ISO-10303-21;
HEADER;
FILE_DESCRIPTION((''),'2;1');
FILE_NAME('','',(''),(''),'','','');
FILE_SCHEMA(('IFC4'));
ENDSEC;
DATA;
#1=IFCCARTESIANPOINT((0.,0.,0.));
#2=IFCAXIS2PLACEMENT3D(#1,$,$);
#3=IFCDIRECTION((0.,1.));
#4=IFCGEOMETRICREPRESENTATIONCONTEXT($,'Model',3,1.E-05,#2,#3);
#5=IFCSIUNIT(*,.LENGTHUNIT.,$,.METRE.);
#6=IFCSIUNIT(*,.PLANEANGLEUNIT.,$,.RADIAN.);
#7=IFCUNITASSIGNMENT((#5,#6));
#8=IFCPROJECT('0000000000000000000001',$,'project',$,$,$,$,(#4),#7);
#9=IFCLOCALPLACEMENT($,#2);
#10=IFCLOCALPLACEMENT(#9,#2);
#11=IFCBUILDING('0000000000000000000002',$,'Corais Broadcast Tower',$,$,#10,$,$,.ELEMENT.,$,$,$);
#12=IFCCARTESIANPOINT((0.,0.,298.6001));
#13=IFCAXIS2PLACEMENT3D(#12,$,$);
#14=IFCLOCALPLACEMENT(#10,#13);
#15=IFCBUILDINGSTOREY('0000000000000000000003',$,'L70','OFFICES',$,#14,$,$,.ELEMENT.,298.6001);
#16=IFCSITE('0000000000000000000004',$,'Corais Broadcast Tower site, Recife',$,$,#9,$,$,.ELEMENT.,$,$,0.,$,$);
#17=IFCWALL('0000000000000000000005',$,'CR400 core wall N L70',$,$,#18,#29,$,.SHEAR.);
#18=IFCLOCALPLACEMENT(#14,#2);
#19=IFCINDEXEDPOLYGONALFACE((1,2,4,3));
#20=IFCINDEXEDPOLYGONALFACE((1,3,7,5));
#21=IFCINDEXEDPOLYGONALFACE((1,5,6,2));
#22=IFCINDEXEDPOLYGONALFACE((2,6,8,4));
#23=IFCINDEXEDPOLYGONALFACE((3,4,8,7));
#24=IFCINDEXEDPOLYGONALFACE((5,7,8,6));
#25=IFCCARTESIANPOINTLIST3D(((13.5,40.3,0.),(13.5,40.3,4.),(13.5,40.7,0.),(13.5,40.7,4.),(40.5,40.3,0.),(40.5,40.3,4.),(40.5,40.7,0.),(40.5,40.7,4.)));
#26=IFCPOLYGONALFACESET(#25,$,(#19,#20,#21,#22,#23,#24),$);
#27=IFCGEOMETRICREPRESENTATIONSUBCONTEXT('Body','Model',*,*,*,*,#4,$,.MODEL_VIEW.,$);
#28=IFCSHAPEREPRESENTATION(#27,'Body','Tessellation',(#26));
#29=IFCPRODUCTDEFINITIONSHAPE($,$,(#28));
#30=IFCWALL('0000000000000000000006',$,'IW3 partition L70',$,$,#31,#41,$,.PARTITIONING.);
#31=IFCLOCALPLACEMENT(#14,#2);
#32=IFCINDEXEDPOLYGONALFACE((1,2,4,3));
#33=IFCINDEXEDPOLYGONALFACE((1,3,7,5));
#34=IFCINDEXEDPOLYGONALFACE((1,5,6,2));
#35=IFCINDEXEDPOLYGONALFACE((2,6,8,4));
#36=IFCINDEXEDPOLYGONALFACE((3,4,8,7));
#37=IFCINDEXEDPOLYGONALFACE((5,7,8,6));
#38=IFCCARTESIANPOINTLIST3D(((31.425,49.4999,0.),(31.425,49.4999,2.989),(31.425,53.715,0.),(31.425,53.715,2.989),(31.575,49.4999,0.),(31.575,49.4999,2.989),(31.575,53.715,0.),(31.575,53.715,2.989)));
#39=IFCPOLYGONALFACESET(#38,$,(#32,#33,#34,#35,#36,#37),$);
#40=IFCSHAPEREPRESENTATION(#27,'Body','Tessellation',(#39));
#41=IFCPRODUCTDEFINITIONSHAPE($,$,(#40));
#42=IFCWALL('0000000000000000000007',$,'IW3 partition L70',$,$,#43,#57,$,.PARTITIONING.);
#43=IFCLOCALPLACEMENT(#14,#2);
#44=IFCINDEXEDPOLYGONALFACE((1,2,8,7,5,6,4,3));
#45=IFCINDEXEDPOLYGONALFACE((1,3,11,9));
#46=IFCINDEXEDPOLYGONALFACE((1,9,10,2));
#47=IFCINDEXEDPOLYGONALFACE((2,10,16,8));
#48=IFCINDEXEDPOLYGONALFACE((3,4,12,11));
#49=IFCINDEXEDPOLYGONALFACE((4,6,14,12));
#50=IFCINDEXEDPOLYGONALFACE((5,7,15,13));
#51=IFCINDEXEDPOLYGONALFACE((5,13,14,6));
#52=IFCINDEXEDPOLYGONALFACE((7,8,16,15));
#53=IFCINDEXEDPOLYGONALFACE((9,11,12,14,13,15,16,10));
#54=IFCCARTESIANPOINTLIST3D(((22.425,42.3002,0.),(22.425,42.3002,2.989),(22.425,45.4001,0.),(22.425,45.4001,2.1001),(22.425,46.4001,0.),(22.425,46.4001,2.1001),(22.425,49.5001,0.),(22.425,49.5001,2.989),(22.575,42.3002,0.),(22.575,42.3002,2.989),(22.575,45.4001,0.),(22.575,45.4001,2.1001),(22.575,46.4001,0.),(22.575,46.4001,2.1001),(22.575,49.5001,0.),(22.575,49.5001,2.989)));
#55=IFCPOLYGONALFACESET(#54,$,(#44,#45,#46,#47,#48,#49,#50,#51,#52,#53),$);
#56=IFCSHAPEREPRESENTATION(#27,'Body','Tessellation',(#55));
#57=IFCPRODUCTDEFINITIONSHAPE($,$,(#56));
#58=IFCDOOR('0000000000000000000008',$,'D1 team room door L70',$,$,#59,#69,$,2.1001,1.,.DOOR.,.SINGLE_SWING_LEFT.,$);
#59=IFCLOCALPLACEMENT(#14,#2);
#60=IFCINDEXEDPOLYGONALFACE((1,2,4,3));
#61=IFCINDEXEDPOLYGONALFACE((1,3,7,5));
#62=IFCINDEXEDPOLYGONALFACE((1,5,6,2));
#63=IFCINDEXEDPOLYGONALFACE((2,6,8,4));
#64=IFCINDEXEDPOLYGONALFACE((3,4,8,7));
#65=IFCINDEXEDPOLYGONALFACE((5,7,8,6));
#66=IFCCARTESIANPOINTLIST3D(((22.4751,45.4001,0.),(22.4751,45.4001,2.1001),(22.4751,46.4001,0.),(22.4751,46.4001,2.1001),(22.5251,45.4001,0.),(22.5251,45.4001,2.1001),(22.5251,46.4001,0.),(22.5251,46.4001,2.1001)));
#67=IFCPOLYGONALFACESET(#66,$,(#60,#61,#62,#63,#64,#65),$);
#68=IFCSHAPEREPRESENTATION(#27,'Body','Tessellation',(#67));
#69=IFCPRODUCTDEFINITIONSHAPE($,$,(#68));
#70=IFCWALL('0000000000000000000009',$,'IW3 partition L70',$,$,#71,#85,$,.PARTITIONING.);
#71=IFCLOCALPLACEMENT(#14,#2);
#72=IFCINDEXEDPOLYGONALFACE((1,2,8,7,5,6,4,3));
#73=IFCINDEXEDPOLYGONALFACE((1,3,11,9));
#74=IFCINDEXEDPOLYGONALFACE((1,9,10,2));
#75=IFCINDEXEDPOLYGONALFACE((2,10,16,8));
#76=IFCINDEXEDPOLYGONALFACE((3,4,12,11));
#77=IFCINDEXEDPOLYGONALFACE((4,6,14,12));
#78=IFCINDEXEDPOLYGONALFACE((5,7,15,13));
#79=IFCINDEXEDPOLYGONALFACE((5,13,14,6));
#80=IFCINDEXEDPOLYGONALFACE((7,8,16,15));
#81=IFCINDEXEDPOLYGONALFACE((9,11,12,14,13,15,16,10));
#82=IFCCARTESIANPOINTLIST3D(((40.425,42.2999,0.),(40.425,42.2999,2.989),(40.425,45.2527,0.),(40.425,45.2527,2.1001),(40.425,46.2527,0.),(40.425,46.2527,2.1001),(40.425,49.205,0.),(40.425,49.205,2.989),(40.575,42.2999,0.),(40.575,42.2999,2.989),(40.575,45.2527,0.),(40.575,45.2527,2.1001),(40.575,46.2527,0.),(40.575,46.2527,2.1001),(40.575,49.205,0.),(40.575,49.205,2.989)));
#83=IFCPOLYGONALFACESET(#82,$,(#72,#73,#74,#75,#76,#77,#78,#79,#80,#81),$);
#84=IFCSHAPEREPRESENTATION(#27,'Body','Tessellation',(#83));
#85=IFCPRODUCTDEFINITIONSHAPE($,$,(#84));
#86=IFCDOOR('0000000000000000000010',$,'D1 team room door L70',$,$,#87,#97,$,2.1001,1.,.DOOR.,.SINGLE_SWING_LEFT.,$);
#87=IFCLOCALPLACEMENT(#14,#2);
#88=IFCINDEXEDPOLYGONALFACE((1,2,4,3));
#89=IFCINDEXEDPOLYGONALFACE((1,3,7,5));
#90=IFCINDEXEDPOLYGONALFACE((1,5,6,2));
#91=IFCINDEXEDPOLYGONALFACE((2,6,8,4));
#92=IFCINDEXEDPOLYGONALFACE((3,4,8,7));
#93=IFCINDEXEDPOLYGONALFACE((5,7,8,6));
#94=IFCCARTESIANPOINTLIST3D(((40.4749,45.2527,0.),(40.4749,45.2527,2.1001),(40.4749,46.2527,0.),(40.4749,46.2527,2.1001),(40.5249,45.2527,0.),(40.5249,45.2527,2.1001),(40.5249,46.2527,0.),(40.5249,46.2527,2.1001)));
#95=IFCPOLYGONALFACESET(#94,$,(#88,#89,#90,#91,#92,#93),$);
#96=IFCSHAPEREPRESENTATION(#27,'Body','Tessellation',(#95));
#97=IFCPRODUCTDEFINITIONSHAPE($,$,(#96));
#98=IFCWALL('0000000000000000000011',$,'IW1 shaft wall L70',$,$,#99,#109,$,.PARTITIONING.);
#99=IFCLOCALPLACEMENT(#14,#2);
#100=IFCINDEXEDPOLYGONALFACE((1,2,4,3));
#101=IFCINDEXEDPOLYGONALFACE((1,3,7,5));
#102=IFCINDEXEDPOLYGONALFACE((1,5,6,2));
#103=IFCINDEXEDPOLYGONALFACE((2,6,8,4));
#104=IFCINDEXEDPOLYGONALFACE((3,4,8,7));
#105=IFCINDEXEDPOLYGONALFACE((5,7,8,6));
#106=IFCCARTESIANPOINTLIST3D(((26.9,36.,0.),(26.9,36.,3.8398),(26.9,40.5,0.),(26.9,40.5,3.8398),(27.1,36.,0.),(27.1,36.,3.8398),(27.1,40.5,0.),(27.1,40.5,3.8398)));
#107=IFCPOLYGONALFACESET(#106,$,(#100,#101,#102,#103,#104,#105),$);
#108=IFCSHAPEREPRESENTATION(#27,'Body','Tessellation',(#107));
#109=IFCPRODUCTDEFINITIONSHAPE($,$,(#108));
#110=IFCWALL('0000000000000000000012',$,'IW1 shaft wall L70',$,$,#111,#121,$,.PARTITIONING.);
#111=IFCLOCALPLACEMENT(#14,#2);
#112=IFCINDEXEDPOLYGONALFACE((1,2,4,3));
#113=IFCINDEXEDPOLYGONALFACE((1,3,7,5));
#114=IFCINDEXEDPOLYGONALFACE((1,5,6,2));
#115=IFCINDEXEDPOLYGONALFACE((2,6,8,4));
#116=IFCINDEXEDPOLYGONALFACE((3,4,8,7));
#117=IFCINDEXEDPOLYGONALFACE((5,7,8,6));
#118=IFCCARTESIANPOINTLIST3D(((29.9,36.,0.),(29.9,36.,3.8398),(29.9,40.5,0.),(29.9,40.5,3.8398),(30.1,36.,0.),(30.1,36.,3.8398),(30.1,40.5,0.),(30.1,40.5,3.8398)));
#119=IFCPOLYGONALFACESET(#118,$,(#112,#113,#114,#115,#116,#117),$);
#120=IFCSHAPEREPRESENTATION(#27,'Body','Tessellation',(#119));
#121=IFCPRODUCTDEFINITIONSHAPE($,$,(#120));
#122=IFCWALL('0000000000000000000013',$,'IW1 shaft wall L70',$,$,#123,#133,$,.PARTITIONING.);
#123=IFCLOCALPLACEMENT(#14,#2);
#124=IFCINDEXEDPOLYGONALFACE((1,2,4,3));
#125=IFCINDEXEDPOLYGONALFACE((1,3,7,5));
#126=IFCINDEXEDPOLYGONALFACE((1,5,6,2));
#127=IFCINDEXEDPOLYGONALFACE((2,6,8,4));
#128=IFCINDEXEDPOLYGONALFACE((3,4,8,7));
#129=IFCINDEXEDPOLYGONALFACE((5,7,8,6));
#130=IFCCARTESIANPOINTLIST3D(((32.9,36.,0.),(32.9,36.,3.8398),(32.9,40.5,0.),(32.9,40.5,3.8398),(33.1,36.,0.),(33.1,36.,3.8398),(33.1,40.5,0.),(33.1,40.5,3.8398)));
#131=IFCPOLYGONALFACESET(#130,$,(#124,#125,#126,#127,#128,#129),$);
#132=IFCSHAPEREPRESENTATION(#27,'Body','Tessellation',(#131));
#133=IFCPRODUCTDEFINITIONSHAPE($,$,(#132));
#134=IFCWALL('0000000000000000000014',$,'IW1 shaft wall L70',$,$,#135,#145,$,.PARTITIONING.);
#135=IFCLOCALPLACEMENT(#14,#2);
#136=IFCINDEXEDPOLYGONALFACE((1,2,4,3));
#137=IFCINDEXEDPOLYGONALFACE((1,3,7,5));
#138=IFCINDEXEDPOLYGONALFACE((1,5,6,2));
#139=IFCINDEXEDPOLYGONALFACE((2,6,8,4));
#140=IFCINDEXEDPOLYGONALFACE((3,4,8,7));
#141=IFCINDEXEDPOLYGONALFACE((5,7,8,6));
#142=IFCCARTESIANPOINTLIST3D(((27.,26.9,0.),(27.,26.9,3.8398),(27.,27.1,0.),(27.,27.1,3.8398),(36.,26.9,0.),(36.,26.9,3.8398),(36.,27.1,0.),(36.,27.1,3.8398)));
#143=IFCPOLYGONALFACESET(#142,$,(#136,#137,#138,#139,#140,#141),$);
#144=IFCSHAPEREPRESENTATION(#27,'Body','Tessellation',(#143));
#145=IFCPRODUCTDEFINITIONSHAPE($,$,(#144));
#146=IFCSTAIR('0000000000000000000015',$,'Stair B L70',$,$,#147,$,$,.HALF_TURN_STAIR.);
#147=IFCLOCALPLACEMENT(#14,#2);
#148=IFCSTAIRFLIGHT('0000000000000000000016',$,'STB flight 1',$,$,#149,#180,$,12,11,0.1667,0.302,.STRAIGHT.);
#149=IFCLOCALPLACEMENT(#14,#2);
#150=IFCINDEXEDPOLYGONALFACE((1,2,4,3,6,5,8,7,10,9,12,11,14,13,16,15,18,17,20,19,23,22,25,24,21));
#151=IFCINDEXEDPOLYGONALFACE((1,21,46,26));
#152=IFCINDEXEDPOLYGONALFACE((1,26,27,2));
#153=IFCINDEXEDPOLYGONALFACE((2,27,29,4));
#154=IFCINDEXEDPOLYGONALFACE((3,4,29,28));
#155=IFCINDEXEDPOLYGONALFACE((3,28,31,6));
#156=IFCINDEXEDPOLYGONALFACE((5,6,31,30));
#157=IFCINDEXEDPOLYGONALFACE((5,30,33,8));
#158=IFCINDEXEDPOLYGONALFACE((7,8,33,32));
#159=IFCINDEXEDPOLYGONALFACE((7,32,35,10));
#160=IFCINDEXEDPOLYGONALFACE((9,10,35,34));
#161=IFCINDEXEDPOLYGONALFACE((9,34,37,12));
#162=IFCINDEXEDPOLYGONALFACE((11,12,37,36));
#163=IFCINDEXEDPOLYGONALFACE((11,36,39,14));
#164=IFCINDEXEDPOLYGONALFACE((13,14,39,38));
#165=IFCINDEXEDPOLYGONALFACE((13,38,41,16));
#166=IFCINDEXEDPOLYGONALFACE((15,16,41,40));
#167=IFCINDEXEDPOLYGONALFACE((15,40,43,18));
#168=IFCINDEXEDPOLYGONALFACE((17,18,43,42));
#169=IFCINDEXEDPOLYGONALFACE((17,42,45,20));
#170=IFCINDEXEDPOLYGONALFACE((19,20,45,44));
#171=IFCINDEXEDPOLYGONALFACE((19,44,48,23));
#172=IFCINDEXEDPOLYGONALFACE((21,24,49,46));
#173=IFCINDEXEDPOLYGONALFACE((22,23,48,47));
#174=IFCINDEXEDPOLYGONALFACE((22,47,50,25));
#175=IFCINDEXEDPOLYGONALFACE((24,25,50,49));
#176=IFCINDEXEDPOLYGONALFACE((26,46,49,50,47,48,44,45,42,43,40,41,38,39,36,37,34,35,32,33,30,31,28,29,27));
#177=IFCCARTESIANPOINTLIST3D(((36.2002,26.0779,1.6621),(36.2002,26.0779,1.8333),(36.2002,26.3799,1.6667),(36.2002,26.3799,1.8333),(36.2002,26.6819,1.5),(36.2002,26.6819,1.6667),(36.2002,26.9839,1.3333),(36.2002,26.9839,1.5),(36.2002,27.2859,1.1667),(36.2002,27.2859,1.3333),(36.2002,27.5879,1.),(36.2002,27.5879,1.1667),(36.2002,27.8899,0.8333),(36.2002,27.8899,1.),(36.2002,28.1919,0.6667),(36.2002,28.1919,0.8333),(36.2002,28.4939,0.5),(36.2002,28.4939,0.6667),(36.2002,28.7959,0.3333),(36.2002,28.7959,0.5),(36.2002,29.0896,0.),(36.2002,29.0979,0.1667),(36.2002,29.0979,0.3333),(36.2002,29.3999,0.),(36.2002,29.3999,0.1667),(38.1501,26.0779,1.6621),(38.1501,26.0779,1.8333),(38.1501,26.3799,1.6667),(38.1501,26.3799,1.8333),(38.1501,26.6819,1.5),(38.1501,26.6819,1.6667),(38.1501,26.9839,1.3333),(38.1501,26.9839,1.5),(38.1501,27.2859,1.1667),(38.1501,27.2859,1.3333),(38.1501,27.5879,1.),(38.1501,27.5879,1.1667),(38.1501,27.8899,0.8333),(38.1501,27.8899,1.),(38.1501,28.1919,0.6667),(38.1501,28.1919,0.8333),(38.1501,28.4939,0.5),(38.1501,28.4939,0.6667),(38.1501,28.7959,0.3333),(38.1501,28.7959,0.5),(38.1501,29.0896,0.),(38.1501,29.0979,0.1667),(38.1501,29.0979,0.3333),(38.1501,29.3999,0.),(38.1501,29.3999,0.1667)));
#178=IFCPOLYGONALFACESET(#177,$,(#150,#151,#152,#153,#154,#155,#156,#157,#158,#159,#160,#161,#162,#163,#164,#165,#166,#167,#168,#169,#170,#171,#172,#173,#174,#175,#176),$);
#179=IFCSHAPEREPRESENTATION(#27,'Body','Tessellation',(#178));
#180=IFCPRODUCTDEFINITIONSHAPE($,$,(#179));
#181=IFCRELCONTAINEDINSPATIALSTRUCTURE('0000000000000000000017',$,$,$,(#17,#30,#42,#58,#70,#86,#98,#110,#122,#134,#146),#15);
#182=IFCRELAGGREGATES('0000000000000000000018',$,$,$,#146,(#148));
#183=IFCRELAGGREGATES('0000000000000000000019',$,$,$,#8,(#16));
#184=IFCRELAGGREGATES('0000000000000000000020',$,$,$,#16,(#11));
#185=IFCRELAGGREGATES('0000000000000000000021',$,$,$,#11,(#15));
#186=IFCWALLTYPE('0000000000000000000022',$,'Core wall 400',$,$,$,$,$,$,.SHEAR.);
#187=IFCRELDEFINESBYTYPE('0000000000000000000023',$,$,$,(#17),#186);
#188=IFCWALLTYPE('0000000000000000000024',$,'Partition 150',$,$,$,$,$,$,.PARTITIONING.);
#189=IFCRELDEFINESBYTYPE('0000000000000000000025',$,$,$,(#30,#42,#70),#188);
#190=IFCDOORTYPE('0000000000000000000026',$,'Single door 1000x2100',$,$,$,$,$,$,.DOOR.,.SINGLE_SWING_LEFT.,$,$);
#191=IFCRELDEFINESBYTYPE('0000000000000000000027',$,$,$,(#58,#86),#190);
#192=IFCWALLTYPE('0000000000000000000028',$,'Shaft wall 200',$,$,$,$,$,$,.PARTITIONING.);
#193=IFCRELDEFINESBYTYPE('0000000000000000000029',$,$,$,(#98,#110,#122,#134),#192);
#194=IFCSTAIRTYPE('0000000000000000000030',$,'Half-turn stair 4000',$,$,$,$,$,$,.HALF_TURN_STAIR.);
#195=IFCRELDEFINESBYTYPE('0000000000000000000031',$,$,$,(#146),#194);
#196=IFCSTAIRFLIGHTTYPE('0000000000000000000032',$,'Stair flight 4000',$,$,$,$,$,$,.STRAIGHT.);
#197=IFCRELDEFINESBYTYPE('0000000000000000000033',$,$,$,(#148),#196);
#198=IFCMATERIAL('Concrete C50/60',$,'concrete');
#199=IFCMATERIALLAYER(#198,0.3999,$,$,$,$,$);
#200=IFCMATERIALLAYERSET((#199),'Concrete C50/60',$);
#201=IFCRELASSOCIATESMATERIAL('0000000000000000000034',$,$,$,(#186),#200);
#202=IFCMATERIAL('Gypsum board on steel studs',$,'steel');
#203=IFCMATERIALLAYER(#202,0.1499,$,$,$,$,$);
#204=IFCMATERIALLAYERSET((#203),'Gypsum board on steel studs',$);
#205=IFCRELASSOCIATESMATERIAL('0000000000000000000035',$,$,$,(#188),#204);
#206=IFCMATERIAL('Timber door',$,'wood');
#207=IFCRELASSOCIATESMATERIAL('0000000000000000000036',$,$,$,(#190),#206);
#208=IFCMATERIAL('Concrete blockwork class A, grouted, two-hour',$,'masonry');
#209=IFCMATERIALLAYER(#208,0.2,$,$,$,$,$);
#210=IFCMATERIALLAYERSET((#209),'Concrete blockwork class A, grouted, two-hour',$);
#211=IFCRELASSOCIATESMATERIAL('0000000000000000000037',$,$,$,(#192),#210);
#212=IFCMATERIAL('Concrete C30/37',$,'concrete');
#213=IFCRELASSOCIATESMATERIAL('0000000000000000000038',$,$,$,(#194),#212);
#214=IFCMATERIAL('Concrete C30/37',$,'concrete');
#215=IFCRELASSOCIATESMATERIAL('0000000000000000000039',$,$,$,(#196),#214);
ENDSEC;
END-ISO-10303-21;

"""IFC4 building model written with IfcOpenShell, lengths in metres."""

from ifc_helpers import new_model, si_unit, direction, frame, frame_2d, origin, place, context, subcontext, project, spatial, polyline, rectangle, outline, extrude, material, layer, layer_set, type_object, element, fill, aggregate, save


model = new_model("IFC4")

# Units and contexts
model_context = context("Model", 3, precision=1e-05, world=origin(), true_north=direction((0.0, 1.0)))
body_context = subcontext(model_context, "Body", "Model", "MODEL_VIEW")
ifc_project = project(units=[si_unit("LENGTHUNIT", "METRE"), si_unit("PLANEANGLEUNIT", "RADIAN")], contexts=[model_context])

# Site, building, storey
site_placement = place(None, origin())
site = spatial("IfcSite", under=ifc_project, at=site_placement, Name="Corais Broadcast Tower site, Recife", CompositionType="ELEMENT", RefElevation=0.0)
building_placement = place(site_placement, origin())
building = spatial("IfcBuilding", under=site, at=building_placement, Name="Corais Broadcast Tower", CompositionType="ELEMENT")
storey_placement = place(building_placement, frame((0.0, 0.0, 298.6001)))
storey = spatial("IfcBuildingStorey", under=building, at=storey_placement, Name="L70", Description="OFFICES", CompositionType="ELEMENT", Elevation=298.6001)

# Walls
ifc_material_1 = material(Name="Concrete C50/60", Category="concrete")
ifc_layer_1 = layer(ifc_material_1, 0.3999)
ifc_layer_set_1 = layer_set([ifc_layer_1], Name="Concrete C50/60")
wall_type_1 = type_object("IfcWallType", Name="Core wall 400", PredefinedType="SHEAR", material=ifc_layer_set_1)
wall_1_placement = place(storey_placement, frame((40.5, 40.5, 0.0), z_axis=(0.0, 0.0, 1.0), x_axis=(-1.0, 0.0, 0.0)))
element("IfcWall", 1, at=wall_1_placement, inside=storey, type_object=wall_type_1, Name="CR400 core wall N L70", PredefinedType="SHEAR", context=body_context, shape_type="SweptSolid", body=[
    extrude(rectangle(XDim=27.0, YDim=0.3999, at=frame_2d((13.5, 0.0))), origin(), (0.0, 0.0, 1.0), 4.0),
])
ifc_material_2 = material(Name="Gypsum board on steel studs", Category="steel")
ifc_layer_2 = layer(ifc_material_2, 0.1499)
ifc_layer_set_2 = layer_set([ifc_layer_2], Name="Gypsum board on steel studs")
wall_type_2 = type_object("IfcWallType", Name="Partition 150", PredefinedType="PARTITIONING", material=ifc_layer_set_2)
wall_2_placement = place(storey_placement, frame((31.5, 49.5, 0.0), z_axis=(0.0, 0.0, 1.0), x_axis=(0.0, 1.0, 0.0)))
element("IfcWall", 2, at=wall_2_placement, inside=storey, type_object=wall_type_2, Name="IW3 partition L70", PredefinedType="PARTITIONING", context=body_context, shape_type="SweptSolid", body=[
    extrude(rectangle(XDim=4.2151, YDim=0.1499, at=frame_2d((2.1074, 0.0))), origin(), (0.0, 0.0, 1.0), 2.989),
])

# Walls, openings, doors
wall_3_placement = place(storey_placement, frame((22.5, 42.3, 0.0), z_axis=(0.0, 0.0, 1.0), x_axis=(0.0, 1.0, 0.0)))
wall_3 = element("IfcWall", 3, at=wall_3_placement, inside=storey, type_object=wall_type_2, Name="IW3 partition L70", PredefinedType="PARTITIONING", context=body_context, shape_type="SweptSolid", body=[
    extrude(rectangle(XDim=7.2, YDim=0.1499, at=frame_2d((3.6001, 0.0))), origin(), (0.0, 0.0, 1.0), 2.989),
])
opening_1_placement = place(wall_3_placement, frame((3.1001, 0.0, 0.0)))
opening_1 = element("IfcOpeningElement", 4, at=opening_1_placement, cuts=wall_3, PredefinedType="OPENING", context=body_context, shape_type="SweptSolid", body=[
    extrude(rectangle(XDim=1.0, YDim=2.1001, at=frame_2d((0.5, 1.05))), frame((0.0, 0.085, 0.0), z_axis=(0.0, -1.0, 0.0), x_axis=(1.0, 0.0, 0.0)), (0.0, 0.0, 1.0), 0.1699),
])
ifc_material_3 = material(Name="Timber door", Category="wood")
door_type = type_object("IfcDoorType", Name="Single door 1000x2100", OperationType="SINGLE_SWING_LEFT", PredefinedType="DOOR", material=ifc_material_3)
door_1_placement = place(opening_1_placement, origin())
door_1 = element("IfcDoor", 5, at=door_1_placement, inside=storey, type_object=door_type, Name="D1 team room door L70", OperationType="SINGLE_SWING_LEFT", OverallHeight=2.1001, OverallWidth=1.0, PredefinedType="DOOR", context=body_context, shape_type="SweptSolid", body=[
    extrude(rectangle(XDim=1.0, YDim=2.1001, at=frame_2d((0.5, 1.05))), frame((0.0, 0.0249, 0.0), z_axis=(0.0, -1.0, 0.0), x_axis=(1.0, 0.0, 0.0)), (0.0, 0.0, 1.0), 0.05),
])
fill(opening_1, door_1)
wall_4_placement = place(storey_placement, frame((40.5, 49.2051, 0.0), z_axis=(0.0, 0.0, 1.0), x_axis=(0.0, -1.0, 0.0)))
wall_4 = element("IfcWall", 6, at=wall_4_placement, inside=storey, type_object=wall_type_2, Name="IW3 partition L70", PredefinedType="PARTITIONING", context=body_context, shape_type="SweptSolid", body=[
    extrude(rectangle(XDim=6.905, YDim=0.1499, at=frame_2d((3.4526, 0.0))), origin(), (0.0, 0.0, 1.0), 2.989),
])
opening_2_placement = place(wall_4_placement, frame((2.9524, 0.0, 0.0)))
opening_2 = element("IfcOpeningElement", 7, at=opening_2_placement, cuts=wall_4, PredefinedType="OPENING", context=body_context, shape_type="SweptSolid", body=[
    extrude(rectangle(XDim=1.0, YDim=2.1001, at=frame_2d((0.5, 1.05))), frame((0.0, 0.085, 0.0), z_axis=(0.0, -1.0, 0.0), x_axis=(1.0, 0.0, 0.0)), (0.0, 0.0, 1.0), 0.1699),
])
door_2_placement = place(opening_2_placement, origin())
door_2 = element("IfcDoor", 8, at=door_2_placement, inside=storey, type_object=door_type, Name="D1 team room door L70", OperationType="SINGLE_SWING_LEFT", OverallHeight=2.1001, OverallWidth=1.0, PredefinedType="DOOR", context=body_context, shape_type="SweptSolid", body=[
    extrude(rectangle(XDim=1.0, YDim=2.1001, at=frame_2d((0.5, 1.05))), frame((0.0, 0.0249, 0.0), z_axis=(0.0, -1.0, 0.0), x_axis=(1.0, 0.0, 0.0)), (0.0, 0.0, 1.0), 0.05),
])
fill(opening_2, door_2)

# Walls
ifc_material_4 = material(Name="Concrete blockwork class A, grouted, two-hour", Category="masonry")
ifc_layer_3 = layer(ifc_material_4, 0.2)
ifc_layer_set_3 = layer_set([ifc_layer_3], Name="Concrete blockwork class A, grouted, two-hour")
wall_type_3 = type_object("IfcWallType", Name="Shaft wall 200", PredefinedType="PARTITIONING", material=ifc_layer_set_3)
for number, where, z_axis, x_axis, name in (
    (9, (27.0, 36.0, 0.0), (0.0, 0.0, 1.0), (0.0, 1.0, 0.0), "IW1 shaft wall L70"),
    (10, (30.0, 36.0, 0.0), (0.0, 0.0, 1.0), (0.0, 1.0, 0.0), "IW1 shaft wall L70"),
    (11, (33.0, 36.0, 0.0), (0.0, 0.0, 1.0), (0.0, 1.0, 0.0), "IW1 shaft wall L70"),
):
    element("IfcWall", number, at=place(storey_placement, frame(where, z_axis=z_axis, x_axis=x_axis)), inside=storey, type_object=wall_type_3, Name=name, PredefinedType="PARTITIONING", context=body_context, shape_type="SweptSolid", body=[
        extrude(rectangle(XDim=4.5, YDim=0.2, at=frame_2d((2.25, 0.0))), origin(), (0.0, 0.0, 1.0), 3.8398),
    ])
wall_5_placement = place(storey_placement, frame((27.0, 27.0, 0.0), z_axis=(0.0, 0.0, 1.0), x_axis=(1.0, 0.0, 0.0)))
element("IfcWall", 12, at=wall_5_placement, inside=storey, type_object=wall_type_3, Name="IW1 shaft wall L70", PredefinedType="PARTITIONING", context=body_context, shape_type="SweptSolid", body=[
    extrude(rectangle(XDim=9.0, YDim=0.2, at=frame_2d((4.5, 0.0))), origin(), (0.0, 0.0, 1.0), 3.8398),
])

# Stair, stair flight
ifc_material_5 = material(Name="Concrete C30/37", Category="concrete")
stair_type = type_object("IfcStairType", Name="Half-turn stair 4000", PredefinedType="HALF_TURN_STAIR", material=ifc_material_5)
stair_placement = place(storey_placement, origin())
stair = element("IfcStair", 13, at=stair_placement, inside=storey, type_object=stair_type, Name="Stair B L70", PredefinedType="HALF_TURN_STAIR")
ifc_material_6 = material(Name="Concrete C30/37", Category="concrete")
stair_flight_type = type_object("IfcStairFlightType", Name="Stair flight 4000", PredefinedType="STRAIGHT", material=ifc_material_6)
stair_flight_placement = place(storey_placement, frame((37.175, 29.3999, 0.0), z_axis=(0.0, 0.0, 1.0), x_axis=(0.0, -1.0, 0.0)))
stair_flight = element("IfcStairFlight", 14, at=stair_flight_placement, type_object=stair_flight_type, Name="STB flight 1", NumberOfRisers=12, NumberOfTreads=11, PredefinedType="STRAIGHT", RiserHeight=0.1667, TreadLength=0.302, context=body_context, shape_type="SweptSolid", body=[
    extrude(outline(polyline([(0.0, 0.0), (0.0, 0.1667), (0.302, 0.1667), (0.302, 0.3333), (0.604, 0.3333), (0.604, 0.5), (0.906, 0.5), (0.906, 0.6667), (1.208, 0.6667), (1.208, 0.8333), (1.51, 0.8333), (1.51, 1.0), (1.812, 1.0), (1.812, 1.1667), (2.114, 1.1667), (2.114, 1.3333), (2.416, 1.3333), (2.416, 1.5), (2.718, 1.5), (2.718, 1.6667), (3.02, 1.6667), (3.02, 1.8333), (3.322, 1.8333), (3.322, 2.0), (3.322, 1.6621), (0.3103, 0.0), (0.0, 0.0)])), frame((0.0, 0.9751, 0.0), z_axis=(0.0, -1.0, 0.0), x_axis=(1.0, 0.0, 0.0)), (0.0, 0.0, 1.0), 1.95),
])
aggregate(stair, [stair_flight])

save(model, "model.ifc")
